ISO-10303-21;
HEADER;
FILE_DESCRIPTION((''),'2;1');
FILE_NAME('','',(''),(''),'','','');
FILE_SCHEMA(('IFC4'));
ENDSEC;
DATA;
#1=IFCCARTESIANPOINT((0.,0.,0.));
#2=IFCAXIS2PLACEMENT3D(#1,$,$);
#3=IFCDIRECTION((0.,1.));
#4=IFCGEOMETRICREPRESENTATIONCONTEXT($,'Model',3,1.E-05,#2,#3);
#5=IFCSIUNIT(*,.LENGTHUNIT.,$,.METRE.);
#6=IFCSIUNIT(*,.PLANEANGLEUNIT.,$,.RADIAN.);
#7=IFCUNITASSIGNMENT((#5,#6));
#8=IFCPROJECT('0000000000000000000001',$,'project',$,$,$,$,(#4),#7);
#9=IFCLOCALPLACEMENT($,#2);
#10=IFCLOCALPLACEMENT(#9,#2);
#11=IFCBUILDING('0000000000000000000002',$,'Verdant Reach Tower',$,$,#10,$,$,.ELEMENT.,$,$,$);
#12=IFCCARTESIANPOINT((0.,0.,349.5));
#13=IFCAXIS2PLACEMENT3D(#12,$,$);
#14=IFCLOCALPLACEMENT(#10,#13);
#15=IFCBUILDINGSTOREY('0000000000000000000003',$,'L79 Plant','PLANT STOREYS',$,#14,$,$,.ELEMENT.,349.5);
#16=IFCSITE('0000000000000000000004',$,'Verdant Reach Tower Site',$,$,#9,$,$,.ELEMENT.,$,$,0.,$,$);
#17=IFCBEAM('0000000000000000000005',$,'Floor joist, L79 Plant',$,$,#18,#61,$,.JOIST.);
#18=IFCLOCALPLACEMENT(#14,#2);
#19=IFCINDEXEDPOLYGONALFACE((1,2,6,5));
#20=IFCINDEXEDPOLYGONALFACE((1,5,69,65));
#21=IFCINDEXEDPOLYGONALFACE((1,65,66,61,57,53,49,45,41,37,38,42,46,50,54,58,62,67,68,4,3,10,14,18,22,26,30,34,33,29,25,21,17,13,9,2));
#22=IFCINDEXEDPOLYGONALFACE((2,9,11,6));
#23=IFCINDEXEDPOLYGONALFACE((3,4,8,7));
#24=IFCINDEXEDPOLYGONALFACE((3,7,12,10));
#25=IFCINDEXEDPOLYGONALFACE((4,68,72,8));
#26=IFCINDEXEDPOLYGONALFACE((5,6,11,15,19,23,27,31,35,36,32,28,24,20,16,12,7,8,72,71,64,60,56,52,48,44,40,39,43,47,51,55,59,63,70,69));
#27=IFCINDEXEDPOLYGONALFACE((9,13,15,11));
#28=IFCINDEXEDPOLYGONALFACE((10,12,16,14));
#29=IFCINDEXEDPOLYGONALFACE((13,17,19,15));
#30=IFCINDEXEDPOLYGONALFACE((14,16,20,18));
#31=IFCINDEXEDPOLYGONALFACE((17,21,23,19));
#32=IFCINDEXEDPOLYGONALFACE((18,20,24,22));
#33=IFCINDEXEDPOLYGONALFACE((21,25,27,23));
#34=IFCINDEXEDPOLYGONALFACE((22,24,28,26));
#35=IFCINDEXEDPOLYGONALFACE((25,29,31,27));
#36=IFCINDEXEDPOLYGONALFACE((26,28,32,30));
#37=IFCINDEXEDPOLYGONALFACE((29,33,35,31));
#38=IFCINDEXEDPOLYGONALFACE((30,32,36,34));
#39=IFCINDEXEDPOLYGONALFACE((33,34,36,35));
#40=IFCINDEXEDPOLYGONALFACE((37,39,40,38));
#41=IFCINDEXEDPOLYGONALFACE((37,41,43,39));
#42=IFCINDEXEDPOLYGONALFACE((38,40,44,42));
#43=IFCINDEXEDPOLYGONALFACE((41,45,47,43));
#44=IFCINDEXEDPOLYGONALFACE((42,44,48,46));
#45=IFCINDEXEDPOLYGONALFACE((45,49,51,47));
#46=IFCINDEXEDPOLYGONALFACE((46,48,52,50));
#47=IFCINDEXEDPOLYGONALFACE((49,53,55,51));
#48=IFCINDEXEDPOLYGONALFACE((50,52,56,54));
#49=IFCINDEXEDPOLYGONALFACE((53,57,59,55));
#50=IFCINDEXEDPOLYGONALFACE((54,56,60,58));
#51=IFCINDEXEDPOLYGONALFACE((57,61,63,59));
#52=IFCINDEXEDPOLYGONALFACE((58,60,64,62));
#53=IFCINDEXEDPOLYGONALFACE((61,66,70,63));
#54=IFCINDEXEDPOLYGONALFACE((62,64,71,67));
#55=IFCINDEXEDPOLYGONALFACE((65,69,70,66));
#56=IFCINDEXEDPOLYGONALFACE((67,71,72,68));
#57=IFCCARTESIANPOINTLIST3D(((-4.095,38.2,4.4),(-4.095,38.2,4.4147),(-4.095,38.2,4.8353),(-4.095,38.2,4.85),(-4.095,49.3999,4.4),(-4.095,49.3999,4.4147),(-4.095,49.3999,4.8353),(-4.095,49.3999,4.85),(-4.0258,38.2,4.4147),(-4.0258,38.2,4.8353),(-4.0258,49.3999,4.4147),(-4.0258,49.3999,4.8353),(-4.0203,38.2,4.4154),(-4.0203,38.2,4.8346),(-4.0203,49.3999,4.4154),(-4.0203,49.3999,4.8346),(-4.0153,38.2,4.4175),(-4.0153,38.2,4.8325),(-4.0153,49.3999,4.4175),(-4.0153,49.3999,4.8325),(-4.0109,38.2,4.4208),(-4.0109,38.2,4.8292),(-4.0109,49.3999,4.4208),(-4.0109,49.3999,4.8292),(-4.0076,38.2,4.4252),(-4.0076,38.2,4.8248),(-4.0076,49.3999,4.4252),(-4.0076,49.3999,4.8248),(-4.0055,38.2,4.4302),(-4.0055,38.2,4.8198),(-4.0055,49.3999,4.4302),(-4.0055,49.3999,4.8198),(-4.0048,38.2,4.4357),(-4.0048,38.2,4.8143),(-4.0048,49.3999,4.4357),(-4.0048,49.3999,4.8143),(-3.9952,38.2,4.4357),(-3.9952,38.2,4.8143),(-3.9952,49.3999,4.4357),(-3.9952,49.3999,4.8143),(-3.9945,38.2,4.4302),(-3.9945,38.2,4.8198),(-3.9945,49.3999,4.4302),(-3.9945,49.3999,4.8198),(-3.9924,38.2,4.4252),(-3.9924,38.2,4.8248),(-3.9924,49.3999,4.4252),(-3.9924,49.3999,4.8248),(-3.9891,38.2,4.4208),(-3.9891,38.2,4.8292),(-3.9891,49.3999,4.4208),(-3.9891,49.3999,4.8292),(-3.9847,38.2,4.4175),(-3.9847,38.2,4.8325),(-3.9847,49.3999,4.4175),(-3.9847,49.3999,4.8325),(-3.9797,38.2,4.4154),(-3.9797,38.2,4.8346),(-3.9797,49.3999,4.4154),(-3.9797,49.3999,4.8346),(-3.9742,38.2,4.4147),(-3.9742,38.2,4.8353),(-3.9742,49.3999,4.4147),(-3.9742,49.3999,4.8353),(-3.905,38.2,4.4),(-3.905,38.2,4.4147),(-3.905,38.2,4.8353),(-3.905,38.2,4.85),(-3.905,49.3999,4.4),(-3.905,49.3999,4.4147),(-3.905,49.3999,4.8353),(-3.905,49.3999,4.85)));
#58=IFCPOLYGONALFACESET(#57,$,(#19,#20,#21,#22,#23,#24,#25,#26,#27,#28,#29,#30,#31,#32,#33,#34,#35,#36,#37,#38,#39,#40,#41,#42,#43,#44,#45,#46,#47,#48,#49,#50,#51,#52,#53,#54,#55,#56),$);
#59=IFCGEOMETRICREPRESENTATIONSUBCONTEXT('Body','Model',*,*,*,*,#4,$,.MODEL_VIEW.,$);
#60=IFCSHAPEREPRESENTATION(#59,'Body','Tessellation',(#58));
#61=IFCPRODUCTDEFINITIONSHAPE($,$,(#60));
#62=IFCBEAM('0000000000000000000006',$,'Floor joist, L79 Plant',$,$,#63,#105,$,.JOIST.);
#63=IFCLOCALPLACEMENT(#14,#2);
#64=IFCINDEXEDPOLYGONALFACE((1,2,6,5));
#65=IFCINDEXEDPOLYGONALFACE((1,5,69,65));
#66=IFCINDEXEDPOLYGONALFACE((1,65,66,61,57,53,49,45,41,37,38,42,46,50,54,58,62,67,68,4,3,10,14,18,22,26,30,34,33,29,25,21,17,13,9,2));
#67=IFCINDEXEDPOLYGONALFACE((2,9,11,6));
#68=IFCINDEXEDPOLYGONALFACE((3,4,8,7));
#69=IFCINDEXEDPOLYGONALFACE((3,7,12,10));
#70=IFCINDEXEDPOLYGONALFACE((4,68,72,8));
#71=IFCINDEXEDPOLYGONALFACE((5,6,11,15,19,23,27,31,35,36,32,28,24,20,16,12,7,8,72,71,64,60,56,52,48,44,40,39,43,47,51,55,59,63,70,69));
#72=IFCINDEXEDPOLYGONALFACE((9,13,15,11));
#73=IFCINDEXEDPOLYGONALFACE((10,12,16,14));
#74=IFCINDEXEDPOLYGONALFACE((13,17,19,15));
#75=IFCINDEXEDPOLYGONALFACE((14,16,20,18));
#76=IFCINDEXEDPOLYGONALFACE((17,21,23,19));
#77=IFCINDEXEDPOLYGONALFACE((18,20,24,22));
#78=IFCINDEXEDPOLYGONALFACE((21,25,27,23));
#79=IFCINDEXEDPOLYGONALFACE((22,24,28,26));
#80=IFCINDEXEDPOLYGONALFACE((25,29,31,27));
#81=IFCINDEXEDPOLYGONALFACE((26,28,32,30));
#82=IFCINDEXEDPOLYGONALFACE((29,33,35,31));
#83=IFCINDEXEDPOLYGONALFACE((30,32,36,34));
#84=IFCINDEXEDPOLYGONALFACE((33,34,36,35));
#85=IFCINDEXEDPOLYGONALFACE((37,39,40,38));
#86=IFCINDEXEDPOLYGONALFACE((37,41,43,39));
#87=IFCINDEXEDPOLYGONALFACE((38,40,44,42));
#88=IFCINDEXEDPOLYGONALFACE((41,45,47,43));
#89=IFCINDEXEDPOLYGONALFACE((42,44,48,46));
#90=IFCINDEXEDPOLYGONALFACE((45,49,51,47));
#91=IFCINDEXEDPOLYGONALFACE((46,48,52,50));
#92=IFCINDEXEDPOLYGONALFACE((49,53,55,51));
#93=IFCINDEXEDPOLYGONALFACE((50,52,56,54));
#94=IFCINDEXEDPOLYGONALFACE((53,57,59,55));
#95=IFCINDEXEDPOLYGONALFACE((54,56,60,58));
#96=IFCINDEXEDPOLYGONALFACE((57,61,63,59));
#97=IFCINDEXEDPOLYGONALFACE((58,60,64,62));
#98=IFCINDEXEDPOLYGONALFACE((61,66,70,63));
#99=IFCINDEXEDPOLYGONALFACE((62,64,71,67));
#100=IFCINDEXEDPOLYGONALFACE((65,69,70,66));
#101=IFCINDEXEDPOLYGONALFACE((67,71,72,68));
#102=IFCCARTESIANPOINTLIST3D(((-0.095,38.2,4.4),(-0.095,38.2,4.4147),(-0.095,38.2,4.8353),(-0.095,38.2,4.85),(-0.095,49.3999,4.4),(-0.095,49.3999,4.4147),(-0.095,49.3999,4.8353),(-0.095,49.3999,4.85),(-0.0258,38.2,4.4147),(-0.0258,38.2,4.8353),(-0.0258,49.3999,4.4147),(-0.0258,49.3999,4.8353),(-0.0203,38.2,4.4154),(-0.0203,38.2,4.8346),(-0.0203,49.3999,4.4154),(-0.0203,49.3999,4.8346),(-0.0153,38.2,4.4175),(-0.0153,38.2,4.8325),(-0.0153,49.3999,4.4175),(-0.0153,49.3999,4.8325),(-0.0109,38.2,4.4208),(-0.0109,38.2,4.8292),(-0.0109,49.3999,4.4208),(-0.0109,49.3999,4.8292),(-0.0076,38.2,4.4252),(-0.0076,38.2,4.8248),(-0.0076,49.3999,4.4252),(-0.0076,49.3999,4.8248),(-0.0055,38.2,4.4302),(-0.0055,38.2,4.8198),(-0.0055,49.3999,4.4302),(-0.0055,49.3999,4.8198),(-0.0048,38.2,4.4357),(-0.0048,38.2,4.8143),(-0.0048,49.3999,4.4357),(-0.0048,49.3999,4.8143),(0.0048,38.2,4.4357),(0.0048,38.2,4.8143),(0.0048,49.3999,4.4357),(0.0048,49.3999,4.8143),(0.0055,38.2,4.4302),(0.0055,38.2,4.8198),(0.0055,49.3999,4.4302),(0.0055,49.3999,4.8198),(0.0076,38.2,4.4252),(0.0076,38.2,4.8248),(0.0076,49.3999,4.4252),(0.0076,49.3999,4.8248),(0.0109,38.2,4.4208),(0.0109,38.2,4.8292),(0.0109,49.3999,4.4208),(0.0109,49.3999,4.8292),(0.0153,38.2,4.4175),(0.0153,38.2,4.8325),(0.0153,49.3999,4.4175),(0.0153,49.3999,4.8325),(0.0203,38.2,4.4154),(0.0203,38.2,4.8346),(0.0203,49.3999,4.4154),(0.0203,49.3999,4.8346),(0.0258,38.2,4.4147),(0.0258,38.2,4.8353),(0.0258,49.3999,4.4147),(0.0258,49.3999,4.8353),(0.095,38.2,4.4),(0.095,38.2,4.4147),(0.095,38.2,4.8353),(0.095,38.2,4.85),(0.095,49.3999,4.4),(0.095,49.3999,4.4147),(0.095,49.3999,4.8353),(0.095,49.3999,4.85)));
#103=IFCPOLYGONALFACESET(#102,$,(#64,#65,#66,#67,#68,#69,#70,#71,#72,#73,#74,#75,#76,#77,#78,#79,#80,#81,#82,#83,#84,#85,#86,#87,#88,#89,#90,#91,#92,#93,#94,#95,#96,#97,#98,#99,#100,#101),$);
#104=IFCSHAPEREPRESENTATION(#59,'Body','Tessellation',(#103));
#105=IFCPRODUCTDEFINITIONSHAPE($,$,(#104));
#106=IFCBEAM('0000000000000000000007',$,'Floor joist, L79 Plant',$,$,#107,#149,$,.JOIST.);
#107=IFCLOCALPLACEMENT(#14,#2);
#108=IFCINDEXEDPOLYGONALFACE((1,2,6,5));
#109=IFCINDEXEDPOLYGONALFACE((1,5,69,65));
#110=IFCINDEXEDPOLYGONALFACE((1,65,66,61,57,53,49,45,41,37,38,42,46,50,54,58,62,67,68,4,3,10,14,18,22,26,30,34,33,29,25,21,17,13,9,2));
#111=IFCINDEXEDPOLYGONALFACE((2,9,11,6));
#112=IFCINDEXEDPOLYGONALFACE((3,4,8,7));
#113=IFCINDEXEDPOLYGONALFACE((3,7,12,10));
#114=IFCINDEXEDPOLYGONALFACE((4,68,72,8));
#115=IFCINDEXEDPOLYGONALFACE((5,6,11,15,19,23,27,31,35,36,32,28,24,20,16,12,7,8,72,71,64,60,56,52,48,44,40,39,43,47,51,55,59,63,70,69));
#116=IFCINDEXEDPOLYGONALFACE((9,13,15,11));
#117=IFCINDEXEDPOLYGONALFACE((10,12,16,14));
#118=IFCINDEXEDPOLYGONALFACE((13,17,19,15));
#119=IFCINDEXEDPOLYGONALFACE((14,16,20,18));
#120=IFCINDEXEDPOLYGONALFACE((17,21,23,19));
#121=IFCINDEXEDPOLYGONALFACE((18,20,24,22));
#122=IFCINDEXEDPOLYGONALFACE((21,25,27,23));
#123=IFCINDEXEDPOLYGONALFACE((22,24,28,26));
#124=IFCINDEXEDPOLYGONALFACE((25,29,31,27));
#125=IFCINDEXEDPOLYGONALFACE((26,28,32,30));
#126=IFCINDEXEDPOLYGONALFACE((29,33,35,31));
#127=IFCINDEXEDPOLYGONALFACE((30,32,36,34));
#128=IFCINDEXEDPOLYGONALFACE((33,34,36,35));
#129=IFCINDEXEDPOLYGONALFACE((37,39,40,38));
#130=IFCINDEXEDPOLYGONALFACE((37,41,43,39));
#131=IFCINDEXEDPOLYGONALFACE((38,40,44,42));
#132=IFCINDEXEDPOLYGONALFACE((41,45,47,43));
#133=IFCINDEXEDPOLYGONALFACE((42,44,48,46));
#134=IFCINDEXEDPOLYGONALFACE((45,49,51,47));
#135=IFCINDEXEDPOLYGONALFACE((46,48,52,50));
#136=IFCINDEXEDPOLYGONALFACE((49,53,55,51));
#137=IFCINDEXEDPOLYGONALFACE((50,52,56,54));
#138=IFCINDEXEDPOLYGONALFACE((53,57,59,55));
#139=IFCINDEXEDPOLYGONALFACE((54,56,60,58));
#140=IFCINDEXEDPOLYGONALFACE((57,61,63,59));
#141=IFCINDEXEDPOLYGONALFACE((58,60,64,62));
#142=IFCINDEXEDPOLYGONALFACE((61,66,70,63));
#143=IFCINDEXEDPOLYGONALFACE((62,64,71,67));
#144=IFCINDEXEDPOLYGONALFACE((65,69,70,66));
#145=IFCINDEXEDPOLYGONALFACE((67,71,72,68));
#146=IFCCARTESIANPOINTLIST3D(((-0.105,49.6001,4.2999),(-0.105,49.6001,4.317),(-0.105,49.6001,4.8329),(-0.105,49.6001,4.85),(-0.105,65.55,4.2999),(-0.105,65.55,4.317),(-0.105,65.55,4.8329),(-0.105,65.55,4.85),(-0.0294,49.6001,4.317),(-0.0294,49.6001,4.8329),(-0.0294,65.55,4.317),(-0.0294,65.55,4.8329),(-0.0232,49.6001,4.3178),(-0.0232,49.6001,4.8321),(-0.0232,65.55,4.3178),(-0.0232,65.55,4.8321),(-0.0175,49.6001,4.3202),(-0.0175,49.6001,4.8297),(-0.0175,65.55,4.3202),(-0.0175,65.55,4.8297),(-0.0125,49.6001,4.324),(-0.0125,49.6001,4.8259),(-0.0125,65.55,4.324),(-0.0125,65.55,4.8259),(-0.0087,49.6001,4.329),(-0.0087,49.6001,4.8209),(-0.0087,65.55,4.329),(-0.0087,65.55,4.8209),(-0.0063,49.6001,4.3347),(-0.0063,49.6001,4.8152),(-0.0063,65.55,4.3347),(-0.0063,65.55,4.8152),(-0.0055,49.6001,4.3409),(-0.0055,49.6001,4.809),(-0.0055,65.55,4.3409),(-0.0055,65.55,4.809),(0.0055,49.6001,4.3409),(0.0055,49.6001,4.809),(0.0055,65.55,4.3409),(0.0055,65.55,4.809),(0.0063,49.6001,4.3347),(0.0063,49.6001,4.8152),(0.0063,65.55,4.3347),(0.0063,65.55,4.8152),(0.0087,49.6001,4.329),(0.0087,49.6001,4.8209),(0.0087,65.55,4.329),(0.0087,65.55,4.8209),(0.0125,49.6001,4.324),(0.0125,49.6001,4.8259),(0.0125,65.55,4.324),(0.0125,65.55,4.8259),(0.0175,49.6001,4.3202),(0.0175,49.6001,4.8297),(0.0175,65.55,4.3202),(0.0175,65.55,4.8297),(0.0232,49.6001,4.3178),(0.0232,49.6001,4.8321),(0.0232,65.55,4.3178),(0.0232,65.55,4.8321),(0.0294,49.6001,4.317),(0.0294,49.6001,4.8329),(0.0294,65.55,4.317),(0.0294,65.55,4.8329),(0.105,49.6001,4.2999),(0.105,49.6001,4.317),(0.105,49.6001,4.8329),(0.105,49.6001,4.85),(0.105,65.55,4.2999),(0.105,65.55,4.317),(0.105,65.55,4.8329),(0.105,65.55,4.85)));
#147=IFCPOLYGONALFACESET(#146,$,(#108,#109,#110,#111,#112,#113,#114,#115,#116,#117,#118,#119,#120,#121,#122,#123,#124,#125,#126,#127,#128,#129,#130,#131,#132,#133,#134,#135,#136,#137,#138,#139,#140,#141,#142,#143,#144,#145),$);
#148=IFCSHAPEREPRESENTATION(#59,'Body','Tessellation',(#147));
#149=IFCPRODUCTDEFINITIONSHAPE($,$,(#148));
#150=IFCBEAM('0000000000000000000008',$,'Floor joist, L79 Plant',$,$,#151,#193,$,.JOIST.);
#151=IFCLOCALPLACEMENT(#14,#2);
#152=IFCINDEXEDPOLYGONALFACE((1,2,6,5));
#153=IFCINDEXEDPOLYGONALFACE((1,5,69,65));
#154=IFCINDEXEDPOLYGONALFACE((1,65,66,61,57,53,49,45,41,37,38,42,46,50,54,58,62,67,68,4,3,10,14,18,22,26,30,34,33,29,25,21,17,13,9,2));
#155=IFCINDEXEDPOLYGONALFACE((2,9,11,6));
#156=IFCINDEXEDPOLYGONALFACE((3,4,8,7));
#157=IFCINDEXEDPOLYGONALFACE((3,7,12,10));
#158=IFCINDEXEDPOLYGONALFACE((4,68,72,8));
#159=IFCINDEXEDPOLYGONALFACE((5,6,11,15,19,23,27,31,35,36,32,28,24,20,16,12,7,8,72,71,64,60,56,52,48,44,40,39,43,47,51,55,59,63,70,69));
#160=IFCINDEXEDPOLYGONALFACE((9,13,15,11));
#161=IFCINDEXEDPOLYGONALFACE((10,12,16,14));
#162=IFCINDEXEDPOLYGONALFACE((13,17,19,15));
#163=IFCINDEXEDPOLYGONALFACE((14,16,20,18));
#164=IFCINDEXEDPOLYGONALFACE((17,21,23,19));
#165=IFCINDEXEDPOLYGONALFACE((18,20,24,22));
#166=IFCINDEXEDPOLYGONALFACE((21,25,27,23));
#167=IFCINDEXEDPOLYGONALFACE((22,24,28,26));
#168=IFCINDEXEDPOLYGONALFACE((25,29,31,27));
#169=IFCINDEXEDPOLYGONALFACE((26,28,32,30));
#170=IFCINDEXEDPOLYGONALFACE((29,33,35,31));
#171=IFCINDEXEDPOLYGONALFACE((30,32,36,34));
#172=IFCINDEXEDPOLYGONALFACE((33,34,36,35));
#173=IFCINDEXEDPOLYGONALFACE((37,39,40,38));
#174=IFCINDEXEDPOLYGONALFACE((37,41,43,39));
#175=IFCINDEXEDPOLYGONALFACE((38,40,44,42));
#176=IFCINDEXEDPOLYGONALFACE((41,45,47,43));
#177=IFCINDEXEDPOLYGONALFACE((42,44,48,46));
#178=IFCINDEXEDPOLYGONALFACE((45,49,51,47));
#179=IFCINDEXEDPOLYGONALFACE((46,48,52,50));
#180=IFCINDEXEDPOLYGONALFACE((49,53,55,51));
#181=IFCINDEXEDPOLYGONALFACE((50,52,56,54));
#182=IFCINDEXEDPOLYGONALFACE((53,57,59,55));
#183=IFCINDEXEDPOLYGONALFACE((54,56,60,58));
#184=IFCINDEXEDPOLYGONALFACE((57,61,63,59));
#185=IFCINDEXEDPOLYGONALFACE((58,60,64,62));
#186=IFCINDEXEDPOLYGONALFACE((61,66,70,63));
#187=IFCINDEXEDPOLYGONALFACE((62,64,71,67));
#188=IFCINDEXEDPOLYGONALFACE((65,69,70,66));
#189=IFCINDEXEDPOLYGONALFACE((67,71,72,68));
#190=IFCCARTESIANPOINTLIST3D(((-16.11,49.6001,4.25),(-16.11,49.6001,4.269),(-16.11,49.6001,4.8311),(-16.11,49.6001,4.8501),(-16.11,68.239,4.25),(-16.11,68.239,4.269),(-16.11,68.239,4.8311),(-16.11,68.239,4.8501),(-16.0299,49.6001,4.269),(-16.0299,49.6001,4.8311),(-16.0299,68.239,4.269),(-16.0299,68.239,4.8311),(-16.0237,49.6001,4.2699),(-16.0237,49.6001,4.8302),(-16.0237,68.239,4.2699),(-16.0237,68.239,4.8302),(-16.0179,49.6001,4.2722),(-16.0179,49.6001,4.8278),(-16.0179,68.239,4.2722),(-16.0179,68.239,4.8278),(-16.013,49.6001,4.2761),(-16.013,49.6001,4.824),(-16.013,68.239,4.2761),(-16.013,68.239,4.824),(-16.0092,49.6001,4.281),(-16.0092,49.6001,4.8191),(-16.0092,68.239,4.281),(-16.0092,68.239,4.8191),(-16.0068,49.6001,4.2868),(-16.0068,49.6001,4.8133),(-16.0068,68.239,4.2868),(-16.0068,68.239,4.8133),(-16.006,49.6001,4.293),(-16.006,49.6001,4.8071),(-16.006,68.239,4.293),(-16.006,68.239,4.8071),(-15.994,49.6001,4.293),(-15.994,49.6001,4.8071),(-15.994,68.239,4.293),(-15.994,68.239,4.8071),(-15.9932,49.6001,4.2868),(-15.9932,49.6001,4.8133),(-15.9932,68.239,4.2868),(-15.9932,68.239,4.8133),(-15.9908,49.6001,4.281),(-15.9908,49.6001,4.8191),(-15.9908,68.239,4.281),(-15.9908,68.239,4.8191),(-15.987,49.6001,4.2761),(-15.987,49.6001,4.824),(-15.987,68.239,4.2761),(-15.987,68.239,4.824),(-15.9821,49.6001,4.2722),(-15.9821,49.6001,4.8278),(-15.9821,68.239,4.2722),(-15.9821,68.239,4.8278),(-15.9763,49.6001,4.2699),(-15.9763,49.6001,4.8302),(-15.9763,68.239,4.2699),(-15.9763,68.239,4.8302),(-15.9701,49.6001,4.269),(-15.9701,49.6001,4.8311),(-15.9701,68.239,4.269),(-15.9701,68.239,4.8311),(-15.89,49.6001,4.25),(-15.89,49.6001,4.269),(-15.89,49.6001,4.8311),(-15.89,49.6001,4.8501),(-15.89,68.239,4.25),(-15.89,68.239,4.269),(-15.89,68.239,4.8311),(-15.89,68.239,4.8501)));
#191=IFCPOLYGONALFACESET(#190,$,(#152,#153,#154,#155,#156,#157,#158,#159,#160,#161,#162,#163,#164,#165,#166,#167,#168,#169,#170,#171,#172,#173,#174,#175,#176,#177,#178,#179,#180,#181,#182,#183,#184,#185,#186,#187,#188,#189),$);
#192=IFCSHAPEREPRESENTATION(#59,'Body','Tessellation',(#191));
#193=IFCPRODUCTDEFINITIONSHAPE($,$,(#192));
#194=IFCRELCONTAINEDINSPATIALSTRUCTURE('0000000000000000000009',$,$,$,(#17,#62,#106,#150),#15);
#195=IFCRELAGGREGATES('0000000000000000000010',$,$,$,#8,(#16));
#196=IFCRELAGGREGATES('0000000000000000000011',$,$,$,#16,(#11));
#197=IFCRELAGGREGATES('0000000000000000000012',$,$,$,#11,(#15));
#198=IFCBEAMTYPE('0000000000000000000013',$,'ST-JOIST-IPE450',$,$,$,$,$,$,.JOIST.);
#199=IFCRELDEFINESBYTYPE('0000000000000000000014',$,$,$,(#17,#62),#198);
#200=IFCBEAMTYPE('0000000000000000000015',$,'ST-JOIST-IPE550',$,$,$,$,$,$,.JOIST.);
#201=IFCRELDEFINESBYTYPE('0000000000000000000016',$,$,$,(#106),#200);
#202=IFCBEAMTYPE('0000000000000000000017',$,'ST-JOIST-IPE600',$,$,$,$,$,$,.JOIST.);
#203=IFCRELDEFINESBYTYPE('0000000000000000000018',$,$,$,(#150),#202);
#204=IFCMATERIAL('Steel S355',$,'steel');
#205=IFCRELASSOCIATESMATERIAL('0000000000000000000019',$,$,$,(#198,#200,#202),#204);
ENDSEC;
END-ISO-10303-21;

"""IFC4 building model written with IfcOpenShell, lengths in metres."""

from ifc_helpers import new_model, si_unit, direction, frame, origin, origin_2d, place, context, subcontext, project, spatial, i_section, extrude, material, material_profile, profile_set, type_object, element, save


model = new_model("IFC4")

# Units and contexts
model_context = context("Model", 3, precision=1e-05, world=origin(), true_north=direction((0.0, 1.0)))
body_context = subcontext(model_context, "Body", "Model", "MODEL_VIEW")
ifc_project = project(units=[si_unit("LENGTHUNIT", "METRE"), si_unit("PLANEANGLEUNIT", "RADIAN")], contexts=[model_context])

# Site, building, storey
site_placement = place(None, origin())
site = spatial("IfcSite", under=ifc_project, at=site_placement, Name="Verdant Reach Tower Site", CompositionType="ELEMENT", RefElevation=0.0)
building_placement = place(site_placement, origin())
building = spatial("IfcBuilding", under=site, at=building_placement, Name="Verdant Reach Tower", CompositionType="ELEMENT")
storey_placement = place(building_placement, frame((0.0, 0.0, 349.5)))
storey = spatial("IfcBuildingStorey", under=building, at=storey_placement, Name="L79 Plant", Description="PLANT STOREYS", CompositionType="ELEMENT", Elevation=349.5)

# Beams
ifc_material_1 = material(Name="Steel S355", Category="steel")
ifc_material_profile_1 = material_profile(ifc_material_1, i_section(OverallWidth=0.1899, OverallDepth=0.45, WebThickness=0.0095, FlangeThickness=0.0146, FilletRadius=0.021, at=origin_2d()), Name="IPE 450")
ifc_profile_set_1 = profile_set([ifc_material_profile_1], Name="Steel S355")
beam_type_1 = type_object("IfcBeamType", Name="ST-JOIST-IPE450", PredefinedType="JOIST", material=ifc_profile_set_1)
for number, where, z_axis, x_axis, name in (
    (1, (-4.0, 38.2, 4.625), (0.0, 1.0, 0.0), (-1.0, 0.0, 0.0), "Floor joist, L79 Plant"),
    (2, (0.0, 38.2, 4.625), (0.0, 1.0, 0.0), (-1.0, 0.0, 0.0), "Floor joist, L79 Plant"),
):
    element("IfcBeam", number, at=place(storey_placement, frame(where, z_axis=z_axis, x_axis=x_axis)), inside=storey, type_object=beam_type_1, Name=name, PredefinedType="JOIST", context=body_context, shape_type="SweptSolid", body=[
        extrude(i_section(OverallWidth=0.1899, OverallDepth=0.45, WebThickness=0.0095, FlangeThickness=0.0146, FilletRadius=0.021, at=origin_2d()), origin(), (0.0, 0.0, 1.0), 11.2),
    ])
ifc_material_profile_2 = material_profile(ifc_material_1, i_section(OverallWidth=0.21, OverallDepth=0.55, WebThickness=0.011, FlangeThickness=0.0171, FilletRadius=0.0239, at=origin_2d()), Name="IPE 550")
ifc_profile_set_2 = profile_set([ifc_material_profile_2], Name="Steel S355")
beam_type_2 = type_object("IfcBeamType", Name="ST-JOIST-IPE550", PredefinedType="JOIST", material=ifc_profile_set_2)
beam_1_placement = place(storey_placement, frame((0.0, 49.6001, 4.575), z_axis=(0.0, 1.0, 0.0), x_axis=(-1.0, 0.0, 0.0)))
element("IfcBeam", 3, at=beam_1_placement, inside=storey, type_object=beam_type_2, Name="Floor joist, L79 Plant", PredefinedType="JOIST", context=body_context, shape_type="SweptSolid", body=[
    extrude(i_section(OverallWidth=0.21, OverallDepth=0.55, WebThickness=0.011, FlangeThickness=0.0171, FilletRadius=0.0239, at=origin_2d()), origin(), (0.0, 0.0, 1.0), 15.95),
])
ifc_material_profile_3 = material_profile(ifc_material_1, i_section(OverallWidth=0.22, OverallDepth=0.6001, WebThickness=0.012, FlangeThickness=0.019, FilletRadius=0.0239, at=origin_2d()), Name="IPE 600")
ifc_profile_set_3 = profile_set([ifc_material_profile_3], Name="Steel S355")
beam_type_3 = type_object("IfcBeamType", Name="ST-JOIST-IPE600", PredefinedType="JOIST", material=ifc_profile_set_3)
beam_2_placement = place(storey_placement, frame((-16.0, 49.6001, 4.55), z_axis=(0.0, 1.0, 0.0), x_axis=(-1.0, 0.0, 0.0)))
element("IfcBeam", 4, at=beam_2_placement, inside=storey, type_object=beam_type_3, Name="Floor joist, L79 Plant", PredefinedType="JOIST", context=body_context, shape_type="SweptSolid", body=[
    extrude(i_section(OverallWidth=0.22, OverallDepth=0.6001, WebThickness=0.012, FlangeThickness=0.019, FilletRadius=0.0239, at=origin_2d()), origin(), (0.0, 0.0, 1.0), 18.6389),
])

save(model, "model.ifc")
